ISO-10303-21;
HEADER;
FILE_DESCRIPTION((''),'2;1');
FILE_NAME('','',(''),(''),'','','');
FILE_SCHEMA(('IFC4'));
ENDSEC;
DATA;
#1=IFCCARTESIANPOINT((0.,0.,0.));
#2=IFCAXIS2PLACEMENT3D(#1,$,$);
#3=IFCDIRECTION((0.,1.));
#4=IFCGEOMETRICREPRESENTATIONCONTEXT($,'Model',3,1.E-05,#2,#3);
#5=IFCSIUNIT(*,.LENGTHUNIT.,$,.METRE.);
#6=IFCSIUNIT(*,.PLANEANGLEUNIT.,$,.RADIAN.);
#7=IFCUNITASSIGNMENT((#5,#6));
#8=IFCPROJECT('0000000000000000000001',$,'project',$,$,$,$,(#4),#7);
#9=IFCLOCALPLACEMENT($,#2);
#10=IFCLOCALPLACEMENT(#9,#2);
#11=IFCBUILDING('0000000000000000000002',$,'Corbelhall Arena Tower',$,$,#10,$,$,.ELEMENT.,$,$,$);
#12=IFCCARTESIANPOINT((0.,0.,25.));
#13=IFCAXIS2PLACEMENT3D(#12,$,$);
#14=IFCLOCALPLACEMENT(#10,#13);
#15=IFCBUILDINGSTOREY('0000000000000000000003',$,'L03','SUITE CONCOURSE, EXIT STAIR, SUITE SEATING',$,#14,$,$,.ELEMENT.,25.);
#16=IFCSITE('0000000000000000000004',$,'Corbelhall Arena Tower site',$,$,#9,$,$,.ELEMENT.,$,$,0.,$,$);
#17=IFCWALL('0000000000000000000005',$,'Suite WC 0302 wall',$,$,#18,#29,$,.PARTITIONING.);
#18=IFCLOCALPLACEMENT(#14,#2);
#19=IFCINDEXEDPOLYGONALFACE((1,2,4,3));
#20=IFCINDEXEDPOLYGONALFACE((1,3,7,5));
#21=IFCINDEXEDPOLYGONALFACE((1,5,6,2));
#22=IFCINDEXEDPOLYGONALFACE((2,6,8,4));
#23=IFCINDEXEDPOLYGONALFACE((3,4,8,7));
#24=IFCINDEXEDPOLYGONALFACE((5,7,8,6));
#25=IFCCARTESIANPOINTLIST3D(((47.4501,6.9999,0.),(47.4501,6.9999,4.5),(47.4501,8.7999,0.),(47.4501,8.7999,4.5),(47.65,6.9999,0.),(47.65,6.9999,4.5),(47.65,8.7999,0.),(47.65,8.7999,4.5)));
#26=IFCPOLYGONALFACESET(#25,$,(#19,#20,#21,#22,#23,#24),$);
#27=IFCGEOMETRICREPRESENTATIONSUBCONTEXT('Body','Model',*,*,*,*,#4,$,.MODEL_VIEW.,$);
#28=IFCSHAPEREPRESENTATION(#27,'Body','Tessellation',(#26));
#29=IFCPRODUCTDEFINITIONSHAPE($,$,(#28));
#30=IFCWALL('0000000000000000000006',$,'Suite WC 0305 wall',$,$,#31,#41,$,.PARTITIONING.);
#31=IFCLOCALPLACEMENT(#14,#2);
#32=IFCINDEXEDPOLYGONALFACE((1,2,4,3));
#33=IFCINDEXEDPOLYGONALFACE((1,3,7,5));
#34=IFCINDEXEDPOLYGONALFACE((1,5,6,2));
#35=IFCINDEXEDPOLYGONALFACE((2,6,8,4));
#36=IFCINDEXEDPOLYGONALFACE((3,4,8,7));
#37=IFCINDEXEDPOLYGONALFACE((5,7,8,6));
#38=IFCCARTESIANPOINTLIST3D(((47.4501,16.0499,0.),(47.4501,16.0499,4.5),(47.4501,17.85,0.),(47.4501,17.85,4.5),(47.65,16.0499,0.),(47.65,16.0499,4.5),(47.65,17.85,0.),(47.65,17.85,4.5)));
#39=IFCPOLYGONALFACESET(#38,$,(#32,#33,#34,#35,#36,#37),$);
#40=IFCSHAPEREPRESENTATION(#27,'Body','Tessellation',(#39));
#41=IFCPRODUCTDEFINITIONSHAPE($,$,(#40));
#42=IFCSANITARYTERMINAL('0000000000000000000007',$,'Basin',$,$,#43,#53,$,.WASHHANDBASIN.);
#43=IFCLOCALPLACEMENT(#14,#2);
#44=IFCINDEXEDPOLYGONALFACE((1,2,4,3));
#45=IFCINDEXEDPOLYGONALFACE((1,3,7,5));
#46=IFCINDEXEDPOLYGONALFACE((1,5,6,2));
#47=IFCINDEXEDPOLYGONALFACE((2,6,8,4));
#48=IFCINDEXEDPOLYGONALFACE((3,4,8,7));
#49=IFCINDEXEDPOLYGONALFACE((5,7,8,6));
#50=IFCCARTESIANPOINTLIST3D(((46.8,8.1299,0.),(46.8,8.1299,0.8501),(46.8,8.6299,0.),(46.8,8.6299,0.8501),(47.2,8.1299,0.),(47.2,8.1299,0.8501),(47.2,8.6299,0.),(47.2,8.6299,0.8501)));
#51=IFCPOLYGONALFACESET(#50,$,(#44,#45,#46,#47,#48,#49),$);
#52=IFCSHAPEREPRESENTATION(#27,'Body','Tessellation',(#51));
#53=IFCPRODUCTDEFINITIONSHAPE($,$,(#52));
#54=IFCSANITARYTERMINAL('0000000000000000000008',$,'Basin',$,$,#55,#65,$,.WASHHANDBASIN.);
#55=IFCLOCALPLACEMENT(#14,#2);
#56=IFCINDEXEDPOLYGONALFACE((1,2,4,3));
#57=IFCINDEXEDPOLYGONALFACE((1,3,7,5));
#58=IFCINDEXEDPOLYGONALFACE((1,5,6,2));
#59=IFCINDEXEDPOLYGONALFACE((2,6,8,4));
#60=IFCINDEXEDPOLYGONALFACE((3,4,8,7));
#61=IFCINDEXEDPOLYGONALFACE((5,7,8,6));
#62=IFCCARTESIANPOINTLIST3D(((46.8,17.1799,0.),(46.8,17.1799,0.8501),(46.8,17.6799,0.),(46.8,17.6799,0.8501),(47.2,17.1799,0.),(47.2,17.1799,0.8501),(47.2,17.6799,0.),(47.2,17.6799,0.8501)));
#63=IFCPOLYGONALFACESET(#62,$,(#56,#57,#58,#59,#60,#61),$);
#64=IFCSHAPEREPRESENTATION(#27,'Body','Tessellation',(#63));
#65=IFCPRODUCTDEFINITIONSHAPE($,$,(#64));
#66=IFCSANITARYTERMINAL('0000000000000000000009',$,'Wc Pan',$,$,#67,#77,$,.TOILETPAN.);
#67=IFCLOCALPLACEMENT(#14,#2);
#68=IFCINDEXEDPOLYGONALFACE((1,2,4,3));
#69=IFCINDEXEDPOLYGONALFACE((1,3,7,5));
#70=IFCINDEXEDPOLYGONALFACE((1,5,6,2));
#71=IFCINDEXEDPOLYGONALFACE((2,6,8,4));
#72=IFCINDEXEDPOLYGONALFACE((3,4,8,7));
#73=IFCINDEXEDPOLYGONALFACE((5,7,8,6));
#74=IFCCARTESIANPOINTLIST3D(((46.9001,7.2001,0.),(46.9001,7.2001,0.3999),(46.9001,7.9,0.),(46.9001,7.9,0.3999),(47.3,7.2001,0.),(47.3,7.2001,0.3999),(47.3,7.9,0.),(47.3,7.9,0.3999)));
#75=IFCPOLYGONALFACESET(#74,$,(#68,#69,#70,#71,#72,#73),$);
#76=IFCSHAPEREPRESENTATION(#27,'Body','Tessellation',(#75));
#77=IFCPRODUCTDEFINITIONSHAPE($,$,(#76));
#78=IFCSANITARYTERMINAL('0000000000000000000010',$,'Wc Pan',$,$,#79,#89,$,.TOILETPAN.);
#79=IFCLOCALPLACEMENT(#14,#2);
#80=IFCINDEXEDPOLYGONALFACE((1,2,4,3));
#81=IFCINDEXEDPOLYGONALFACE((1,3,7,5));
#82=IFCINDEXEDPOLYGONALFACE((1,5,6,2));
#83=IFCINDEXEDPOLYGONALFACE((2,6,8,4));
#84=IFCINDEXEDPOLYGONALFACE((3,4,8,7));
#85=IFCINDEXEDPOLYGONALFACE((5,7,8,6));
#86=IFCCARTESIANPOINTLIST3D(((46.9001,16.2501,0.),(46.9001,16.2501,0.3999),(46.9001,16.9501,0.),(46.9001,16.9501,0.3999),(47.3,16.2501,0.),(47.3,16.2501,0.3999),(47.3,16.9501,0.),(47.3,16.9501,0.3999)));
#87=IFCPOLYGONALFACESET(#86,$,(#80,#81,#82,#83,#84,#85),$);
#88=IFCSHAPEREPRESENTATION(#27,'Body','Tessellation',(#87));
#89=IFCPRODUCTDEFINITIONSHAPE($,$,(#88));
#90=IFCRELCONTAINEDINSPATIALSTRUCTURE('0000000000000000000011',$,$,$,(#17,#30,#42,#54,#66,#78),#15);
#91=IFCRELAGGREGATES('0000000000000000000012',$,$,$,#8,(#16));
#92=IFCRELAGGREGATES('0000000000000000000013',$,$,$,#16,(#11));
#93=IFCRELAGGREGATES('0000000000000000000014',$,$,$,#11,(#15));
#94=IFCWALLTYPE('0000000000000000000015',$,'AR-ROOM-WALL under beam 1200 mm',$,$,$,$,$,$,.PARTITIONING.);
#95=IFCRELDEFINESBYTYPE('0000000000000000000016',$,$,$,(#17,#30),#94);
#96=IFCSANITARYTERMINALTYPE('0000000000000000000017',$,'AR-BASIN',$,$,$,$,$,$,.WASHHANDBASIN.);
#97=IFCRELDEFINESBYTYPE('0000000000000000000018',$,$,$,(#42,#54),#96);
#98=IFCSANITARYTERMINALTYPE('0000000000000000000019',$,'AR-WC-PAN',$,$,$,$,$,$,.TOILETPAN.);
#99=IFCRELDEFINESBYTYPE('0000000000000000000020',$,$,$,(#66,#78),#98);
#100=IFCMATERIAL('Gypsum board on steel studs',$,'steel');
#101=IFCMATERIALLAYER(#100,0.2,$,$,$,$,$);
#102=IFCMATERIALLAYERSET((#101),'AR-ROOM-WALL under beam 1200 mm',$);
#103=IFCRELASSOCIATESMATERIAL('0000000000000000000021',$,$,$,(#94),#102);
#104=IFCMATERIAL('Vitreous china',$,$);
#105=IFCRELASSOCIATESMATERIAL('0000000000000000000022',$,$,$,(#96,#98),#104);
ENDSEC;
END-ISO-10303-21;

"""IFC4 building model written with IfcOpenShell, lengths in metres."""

from ifc_helpers import new_model, si_unit, direction, frame, frame_2d, origin, origin_2d, place, context, subcontext, project, spatial, rectangle, extrude, material, layer, layer_set, type_object, element, save


model = new_model("IFC4")

# Units and contexts
model_context = context("Model", 3, precision=1e-05, world=origin(), true_north=direction((0.0, 1.0)))
body_context = subcontext(model_context, "Body", "Model", "MODEL_VIEW")
ifc_project = project(units=[si_unit("LENGTHUNIT", "METRE"), si_unit("PLANEANGLEUNIT", "RADIAN")], contexts=[model_context])

# Site, building, storey
site_placement = place(None, origin())
site = spatial("IfcSite", under=ifc_project, at=site_placement, Name="Corbelhall Arena Tower site", CompositionType="ELEMENT", RefElevation=0.0)
building_placement = place(site_placement, origin())
building = spatial("IfcBuilding", under=site, at=building_placement, Name="Corbelhall Arena Tower", CompositionType="ELEMENT")
storey_placement = place(building_placement, frame((0.0, 0.0, 25.0)))
storey = spatial("IfcBuildingStorey", under=building, at=storey_placement, Name="L03", Description="SUITE CONCOURSE, EXIT STAIR, SUITE SEATING", CompositionType="ELEMENT", Elevation=25.0)

# Shared definitions
ifc_material_1 = material(Name="Gypsum board on steel studs", Category="steel")

# Walls
ifc_layer_1 = layer(ifc_material_1, 0.2)
ifc_layer_set_1 = layer_set([ifc_layer_1], Name="AR-ROOM-WALL under beam 1200 mm")
wall_type_1 = type_object("IfcWallType", Name="AR-ROOM-WALL under beam 1200 mm", PredefinedType="PARTITIONING", material=ifc_layer_set_1)
for number, where, z_axis, x_axis, name in (
    (1, (47.55, 7.0, 0.0), (0.0, 0.0, 1.0), (0.0, 1.0, 0.0), "Suite WC 0302 wall"),
    (2, (47.55, 16.05, 0.0), (0.0, 0.0, 1.0), (0.0, 1.0, 0.0), "Suite WC 0305 wall"),
):
    element("IfcWall", number, at=place(storey_placement, frame(where, z_axis=z_axis, x_axis=x_axis)), inside=storey, type_object=wall_type_1, Name=name, PredefinedType="PARTITIONING", context=body_context, shape_type="SweptSolid", body=[
        extrude(rectangle(XDim=1.8, YDim=0.2, at=frame_2d((0.8999, 0.0))), origin(), (0.0, 0.0, 1.0), 4.5),
    ])

# Sanitary terminals
ifc_material_2 = material(Name="Vitreous china")
sanitary_terminal_type_1 = type_object("IfcSanitaryTerminalType", Name="AR-BASIN", PredefinedType="WASHHANDBASIN", material=ifc_material_2)
for number, where, z_axis, x_axis, name in (
    (3, (47.0, 8.3799, 0.0), (0.0, 0.0, 1.0), (1.0, 0.0, 0.0), "Basin"),
    (4, (47.0, 17.4299, 0.0), (0.0, 0.0, 1.0), (1.0, 0.0, 0.0), "Basin"),
):
    element("IfcSanitaryTerminal", number, at=place(storey_placement, frame(where, z_axis=z_axis, x_axis=x_axis)), inside=storey, type_object=sanitary_terminal_type_1, Name=name, PredefinedType="WASHHANDBASIN", context=body_context, shape_type="SweptSolid", body=[
        extrude(rectangle(XDim=0.3999, YDim=0.5, at=origin_2d()), origin(), (0.0, 0.0, 1.0), 0.8501),
    ])
sanitary_terminal_type_2 = type_object("IfcSanitaryTerminalType", Name="AR-WC-PAN", PredefinedType="TOILETPAN", material=ifc_material_2)
for number, where, z_axis, x_axis, name in (
    (5, (47.1001, 7.55, 0.0), (0.0, 0.0, 1.0), (1.0, 0.0, 0.0), "Wc Pan"),
    (6, (47.1001, 16.6001, 0.0), (0.0, 0.0, 1.0), (1.0, 0.0, 0.0), "Wc Pan"),
):
    element("IfcSanitaryTerminal", number, at=place(storey_placement, frame(where, z_axis=z_axis, x_axis=x_axis)), inside=storey, type_object=sanitary_terminal_type_2, Name=name, PredefinedType="TOILETPAN", context=body_context, shape_type="SweptSolid", body=[
        extrude(rectangle(XDim=0.3999, YDim=0.7, at=origin_2d()), origin(), (0.0, 0.0, 1.0), 0.3999),
    ])

save(model, "model.ifc")
